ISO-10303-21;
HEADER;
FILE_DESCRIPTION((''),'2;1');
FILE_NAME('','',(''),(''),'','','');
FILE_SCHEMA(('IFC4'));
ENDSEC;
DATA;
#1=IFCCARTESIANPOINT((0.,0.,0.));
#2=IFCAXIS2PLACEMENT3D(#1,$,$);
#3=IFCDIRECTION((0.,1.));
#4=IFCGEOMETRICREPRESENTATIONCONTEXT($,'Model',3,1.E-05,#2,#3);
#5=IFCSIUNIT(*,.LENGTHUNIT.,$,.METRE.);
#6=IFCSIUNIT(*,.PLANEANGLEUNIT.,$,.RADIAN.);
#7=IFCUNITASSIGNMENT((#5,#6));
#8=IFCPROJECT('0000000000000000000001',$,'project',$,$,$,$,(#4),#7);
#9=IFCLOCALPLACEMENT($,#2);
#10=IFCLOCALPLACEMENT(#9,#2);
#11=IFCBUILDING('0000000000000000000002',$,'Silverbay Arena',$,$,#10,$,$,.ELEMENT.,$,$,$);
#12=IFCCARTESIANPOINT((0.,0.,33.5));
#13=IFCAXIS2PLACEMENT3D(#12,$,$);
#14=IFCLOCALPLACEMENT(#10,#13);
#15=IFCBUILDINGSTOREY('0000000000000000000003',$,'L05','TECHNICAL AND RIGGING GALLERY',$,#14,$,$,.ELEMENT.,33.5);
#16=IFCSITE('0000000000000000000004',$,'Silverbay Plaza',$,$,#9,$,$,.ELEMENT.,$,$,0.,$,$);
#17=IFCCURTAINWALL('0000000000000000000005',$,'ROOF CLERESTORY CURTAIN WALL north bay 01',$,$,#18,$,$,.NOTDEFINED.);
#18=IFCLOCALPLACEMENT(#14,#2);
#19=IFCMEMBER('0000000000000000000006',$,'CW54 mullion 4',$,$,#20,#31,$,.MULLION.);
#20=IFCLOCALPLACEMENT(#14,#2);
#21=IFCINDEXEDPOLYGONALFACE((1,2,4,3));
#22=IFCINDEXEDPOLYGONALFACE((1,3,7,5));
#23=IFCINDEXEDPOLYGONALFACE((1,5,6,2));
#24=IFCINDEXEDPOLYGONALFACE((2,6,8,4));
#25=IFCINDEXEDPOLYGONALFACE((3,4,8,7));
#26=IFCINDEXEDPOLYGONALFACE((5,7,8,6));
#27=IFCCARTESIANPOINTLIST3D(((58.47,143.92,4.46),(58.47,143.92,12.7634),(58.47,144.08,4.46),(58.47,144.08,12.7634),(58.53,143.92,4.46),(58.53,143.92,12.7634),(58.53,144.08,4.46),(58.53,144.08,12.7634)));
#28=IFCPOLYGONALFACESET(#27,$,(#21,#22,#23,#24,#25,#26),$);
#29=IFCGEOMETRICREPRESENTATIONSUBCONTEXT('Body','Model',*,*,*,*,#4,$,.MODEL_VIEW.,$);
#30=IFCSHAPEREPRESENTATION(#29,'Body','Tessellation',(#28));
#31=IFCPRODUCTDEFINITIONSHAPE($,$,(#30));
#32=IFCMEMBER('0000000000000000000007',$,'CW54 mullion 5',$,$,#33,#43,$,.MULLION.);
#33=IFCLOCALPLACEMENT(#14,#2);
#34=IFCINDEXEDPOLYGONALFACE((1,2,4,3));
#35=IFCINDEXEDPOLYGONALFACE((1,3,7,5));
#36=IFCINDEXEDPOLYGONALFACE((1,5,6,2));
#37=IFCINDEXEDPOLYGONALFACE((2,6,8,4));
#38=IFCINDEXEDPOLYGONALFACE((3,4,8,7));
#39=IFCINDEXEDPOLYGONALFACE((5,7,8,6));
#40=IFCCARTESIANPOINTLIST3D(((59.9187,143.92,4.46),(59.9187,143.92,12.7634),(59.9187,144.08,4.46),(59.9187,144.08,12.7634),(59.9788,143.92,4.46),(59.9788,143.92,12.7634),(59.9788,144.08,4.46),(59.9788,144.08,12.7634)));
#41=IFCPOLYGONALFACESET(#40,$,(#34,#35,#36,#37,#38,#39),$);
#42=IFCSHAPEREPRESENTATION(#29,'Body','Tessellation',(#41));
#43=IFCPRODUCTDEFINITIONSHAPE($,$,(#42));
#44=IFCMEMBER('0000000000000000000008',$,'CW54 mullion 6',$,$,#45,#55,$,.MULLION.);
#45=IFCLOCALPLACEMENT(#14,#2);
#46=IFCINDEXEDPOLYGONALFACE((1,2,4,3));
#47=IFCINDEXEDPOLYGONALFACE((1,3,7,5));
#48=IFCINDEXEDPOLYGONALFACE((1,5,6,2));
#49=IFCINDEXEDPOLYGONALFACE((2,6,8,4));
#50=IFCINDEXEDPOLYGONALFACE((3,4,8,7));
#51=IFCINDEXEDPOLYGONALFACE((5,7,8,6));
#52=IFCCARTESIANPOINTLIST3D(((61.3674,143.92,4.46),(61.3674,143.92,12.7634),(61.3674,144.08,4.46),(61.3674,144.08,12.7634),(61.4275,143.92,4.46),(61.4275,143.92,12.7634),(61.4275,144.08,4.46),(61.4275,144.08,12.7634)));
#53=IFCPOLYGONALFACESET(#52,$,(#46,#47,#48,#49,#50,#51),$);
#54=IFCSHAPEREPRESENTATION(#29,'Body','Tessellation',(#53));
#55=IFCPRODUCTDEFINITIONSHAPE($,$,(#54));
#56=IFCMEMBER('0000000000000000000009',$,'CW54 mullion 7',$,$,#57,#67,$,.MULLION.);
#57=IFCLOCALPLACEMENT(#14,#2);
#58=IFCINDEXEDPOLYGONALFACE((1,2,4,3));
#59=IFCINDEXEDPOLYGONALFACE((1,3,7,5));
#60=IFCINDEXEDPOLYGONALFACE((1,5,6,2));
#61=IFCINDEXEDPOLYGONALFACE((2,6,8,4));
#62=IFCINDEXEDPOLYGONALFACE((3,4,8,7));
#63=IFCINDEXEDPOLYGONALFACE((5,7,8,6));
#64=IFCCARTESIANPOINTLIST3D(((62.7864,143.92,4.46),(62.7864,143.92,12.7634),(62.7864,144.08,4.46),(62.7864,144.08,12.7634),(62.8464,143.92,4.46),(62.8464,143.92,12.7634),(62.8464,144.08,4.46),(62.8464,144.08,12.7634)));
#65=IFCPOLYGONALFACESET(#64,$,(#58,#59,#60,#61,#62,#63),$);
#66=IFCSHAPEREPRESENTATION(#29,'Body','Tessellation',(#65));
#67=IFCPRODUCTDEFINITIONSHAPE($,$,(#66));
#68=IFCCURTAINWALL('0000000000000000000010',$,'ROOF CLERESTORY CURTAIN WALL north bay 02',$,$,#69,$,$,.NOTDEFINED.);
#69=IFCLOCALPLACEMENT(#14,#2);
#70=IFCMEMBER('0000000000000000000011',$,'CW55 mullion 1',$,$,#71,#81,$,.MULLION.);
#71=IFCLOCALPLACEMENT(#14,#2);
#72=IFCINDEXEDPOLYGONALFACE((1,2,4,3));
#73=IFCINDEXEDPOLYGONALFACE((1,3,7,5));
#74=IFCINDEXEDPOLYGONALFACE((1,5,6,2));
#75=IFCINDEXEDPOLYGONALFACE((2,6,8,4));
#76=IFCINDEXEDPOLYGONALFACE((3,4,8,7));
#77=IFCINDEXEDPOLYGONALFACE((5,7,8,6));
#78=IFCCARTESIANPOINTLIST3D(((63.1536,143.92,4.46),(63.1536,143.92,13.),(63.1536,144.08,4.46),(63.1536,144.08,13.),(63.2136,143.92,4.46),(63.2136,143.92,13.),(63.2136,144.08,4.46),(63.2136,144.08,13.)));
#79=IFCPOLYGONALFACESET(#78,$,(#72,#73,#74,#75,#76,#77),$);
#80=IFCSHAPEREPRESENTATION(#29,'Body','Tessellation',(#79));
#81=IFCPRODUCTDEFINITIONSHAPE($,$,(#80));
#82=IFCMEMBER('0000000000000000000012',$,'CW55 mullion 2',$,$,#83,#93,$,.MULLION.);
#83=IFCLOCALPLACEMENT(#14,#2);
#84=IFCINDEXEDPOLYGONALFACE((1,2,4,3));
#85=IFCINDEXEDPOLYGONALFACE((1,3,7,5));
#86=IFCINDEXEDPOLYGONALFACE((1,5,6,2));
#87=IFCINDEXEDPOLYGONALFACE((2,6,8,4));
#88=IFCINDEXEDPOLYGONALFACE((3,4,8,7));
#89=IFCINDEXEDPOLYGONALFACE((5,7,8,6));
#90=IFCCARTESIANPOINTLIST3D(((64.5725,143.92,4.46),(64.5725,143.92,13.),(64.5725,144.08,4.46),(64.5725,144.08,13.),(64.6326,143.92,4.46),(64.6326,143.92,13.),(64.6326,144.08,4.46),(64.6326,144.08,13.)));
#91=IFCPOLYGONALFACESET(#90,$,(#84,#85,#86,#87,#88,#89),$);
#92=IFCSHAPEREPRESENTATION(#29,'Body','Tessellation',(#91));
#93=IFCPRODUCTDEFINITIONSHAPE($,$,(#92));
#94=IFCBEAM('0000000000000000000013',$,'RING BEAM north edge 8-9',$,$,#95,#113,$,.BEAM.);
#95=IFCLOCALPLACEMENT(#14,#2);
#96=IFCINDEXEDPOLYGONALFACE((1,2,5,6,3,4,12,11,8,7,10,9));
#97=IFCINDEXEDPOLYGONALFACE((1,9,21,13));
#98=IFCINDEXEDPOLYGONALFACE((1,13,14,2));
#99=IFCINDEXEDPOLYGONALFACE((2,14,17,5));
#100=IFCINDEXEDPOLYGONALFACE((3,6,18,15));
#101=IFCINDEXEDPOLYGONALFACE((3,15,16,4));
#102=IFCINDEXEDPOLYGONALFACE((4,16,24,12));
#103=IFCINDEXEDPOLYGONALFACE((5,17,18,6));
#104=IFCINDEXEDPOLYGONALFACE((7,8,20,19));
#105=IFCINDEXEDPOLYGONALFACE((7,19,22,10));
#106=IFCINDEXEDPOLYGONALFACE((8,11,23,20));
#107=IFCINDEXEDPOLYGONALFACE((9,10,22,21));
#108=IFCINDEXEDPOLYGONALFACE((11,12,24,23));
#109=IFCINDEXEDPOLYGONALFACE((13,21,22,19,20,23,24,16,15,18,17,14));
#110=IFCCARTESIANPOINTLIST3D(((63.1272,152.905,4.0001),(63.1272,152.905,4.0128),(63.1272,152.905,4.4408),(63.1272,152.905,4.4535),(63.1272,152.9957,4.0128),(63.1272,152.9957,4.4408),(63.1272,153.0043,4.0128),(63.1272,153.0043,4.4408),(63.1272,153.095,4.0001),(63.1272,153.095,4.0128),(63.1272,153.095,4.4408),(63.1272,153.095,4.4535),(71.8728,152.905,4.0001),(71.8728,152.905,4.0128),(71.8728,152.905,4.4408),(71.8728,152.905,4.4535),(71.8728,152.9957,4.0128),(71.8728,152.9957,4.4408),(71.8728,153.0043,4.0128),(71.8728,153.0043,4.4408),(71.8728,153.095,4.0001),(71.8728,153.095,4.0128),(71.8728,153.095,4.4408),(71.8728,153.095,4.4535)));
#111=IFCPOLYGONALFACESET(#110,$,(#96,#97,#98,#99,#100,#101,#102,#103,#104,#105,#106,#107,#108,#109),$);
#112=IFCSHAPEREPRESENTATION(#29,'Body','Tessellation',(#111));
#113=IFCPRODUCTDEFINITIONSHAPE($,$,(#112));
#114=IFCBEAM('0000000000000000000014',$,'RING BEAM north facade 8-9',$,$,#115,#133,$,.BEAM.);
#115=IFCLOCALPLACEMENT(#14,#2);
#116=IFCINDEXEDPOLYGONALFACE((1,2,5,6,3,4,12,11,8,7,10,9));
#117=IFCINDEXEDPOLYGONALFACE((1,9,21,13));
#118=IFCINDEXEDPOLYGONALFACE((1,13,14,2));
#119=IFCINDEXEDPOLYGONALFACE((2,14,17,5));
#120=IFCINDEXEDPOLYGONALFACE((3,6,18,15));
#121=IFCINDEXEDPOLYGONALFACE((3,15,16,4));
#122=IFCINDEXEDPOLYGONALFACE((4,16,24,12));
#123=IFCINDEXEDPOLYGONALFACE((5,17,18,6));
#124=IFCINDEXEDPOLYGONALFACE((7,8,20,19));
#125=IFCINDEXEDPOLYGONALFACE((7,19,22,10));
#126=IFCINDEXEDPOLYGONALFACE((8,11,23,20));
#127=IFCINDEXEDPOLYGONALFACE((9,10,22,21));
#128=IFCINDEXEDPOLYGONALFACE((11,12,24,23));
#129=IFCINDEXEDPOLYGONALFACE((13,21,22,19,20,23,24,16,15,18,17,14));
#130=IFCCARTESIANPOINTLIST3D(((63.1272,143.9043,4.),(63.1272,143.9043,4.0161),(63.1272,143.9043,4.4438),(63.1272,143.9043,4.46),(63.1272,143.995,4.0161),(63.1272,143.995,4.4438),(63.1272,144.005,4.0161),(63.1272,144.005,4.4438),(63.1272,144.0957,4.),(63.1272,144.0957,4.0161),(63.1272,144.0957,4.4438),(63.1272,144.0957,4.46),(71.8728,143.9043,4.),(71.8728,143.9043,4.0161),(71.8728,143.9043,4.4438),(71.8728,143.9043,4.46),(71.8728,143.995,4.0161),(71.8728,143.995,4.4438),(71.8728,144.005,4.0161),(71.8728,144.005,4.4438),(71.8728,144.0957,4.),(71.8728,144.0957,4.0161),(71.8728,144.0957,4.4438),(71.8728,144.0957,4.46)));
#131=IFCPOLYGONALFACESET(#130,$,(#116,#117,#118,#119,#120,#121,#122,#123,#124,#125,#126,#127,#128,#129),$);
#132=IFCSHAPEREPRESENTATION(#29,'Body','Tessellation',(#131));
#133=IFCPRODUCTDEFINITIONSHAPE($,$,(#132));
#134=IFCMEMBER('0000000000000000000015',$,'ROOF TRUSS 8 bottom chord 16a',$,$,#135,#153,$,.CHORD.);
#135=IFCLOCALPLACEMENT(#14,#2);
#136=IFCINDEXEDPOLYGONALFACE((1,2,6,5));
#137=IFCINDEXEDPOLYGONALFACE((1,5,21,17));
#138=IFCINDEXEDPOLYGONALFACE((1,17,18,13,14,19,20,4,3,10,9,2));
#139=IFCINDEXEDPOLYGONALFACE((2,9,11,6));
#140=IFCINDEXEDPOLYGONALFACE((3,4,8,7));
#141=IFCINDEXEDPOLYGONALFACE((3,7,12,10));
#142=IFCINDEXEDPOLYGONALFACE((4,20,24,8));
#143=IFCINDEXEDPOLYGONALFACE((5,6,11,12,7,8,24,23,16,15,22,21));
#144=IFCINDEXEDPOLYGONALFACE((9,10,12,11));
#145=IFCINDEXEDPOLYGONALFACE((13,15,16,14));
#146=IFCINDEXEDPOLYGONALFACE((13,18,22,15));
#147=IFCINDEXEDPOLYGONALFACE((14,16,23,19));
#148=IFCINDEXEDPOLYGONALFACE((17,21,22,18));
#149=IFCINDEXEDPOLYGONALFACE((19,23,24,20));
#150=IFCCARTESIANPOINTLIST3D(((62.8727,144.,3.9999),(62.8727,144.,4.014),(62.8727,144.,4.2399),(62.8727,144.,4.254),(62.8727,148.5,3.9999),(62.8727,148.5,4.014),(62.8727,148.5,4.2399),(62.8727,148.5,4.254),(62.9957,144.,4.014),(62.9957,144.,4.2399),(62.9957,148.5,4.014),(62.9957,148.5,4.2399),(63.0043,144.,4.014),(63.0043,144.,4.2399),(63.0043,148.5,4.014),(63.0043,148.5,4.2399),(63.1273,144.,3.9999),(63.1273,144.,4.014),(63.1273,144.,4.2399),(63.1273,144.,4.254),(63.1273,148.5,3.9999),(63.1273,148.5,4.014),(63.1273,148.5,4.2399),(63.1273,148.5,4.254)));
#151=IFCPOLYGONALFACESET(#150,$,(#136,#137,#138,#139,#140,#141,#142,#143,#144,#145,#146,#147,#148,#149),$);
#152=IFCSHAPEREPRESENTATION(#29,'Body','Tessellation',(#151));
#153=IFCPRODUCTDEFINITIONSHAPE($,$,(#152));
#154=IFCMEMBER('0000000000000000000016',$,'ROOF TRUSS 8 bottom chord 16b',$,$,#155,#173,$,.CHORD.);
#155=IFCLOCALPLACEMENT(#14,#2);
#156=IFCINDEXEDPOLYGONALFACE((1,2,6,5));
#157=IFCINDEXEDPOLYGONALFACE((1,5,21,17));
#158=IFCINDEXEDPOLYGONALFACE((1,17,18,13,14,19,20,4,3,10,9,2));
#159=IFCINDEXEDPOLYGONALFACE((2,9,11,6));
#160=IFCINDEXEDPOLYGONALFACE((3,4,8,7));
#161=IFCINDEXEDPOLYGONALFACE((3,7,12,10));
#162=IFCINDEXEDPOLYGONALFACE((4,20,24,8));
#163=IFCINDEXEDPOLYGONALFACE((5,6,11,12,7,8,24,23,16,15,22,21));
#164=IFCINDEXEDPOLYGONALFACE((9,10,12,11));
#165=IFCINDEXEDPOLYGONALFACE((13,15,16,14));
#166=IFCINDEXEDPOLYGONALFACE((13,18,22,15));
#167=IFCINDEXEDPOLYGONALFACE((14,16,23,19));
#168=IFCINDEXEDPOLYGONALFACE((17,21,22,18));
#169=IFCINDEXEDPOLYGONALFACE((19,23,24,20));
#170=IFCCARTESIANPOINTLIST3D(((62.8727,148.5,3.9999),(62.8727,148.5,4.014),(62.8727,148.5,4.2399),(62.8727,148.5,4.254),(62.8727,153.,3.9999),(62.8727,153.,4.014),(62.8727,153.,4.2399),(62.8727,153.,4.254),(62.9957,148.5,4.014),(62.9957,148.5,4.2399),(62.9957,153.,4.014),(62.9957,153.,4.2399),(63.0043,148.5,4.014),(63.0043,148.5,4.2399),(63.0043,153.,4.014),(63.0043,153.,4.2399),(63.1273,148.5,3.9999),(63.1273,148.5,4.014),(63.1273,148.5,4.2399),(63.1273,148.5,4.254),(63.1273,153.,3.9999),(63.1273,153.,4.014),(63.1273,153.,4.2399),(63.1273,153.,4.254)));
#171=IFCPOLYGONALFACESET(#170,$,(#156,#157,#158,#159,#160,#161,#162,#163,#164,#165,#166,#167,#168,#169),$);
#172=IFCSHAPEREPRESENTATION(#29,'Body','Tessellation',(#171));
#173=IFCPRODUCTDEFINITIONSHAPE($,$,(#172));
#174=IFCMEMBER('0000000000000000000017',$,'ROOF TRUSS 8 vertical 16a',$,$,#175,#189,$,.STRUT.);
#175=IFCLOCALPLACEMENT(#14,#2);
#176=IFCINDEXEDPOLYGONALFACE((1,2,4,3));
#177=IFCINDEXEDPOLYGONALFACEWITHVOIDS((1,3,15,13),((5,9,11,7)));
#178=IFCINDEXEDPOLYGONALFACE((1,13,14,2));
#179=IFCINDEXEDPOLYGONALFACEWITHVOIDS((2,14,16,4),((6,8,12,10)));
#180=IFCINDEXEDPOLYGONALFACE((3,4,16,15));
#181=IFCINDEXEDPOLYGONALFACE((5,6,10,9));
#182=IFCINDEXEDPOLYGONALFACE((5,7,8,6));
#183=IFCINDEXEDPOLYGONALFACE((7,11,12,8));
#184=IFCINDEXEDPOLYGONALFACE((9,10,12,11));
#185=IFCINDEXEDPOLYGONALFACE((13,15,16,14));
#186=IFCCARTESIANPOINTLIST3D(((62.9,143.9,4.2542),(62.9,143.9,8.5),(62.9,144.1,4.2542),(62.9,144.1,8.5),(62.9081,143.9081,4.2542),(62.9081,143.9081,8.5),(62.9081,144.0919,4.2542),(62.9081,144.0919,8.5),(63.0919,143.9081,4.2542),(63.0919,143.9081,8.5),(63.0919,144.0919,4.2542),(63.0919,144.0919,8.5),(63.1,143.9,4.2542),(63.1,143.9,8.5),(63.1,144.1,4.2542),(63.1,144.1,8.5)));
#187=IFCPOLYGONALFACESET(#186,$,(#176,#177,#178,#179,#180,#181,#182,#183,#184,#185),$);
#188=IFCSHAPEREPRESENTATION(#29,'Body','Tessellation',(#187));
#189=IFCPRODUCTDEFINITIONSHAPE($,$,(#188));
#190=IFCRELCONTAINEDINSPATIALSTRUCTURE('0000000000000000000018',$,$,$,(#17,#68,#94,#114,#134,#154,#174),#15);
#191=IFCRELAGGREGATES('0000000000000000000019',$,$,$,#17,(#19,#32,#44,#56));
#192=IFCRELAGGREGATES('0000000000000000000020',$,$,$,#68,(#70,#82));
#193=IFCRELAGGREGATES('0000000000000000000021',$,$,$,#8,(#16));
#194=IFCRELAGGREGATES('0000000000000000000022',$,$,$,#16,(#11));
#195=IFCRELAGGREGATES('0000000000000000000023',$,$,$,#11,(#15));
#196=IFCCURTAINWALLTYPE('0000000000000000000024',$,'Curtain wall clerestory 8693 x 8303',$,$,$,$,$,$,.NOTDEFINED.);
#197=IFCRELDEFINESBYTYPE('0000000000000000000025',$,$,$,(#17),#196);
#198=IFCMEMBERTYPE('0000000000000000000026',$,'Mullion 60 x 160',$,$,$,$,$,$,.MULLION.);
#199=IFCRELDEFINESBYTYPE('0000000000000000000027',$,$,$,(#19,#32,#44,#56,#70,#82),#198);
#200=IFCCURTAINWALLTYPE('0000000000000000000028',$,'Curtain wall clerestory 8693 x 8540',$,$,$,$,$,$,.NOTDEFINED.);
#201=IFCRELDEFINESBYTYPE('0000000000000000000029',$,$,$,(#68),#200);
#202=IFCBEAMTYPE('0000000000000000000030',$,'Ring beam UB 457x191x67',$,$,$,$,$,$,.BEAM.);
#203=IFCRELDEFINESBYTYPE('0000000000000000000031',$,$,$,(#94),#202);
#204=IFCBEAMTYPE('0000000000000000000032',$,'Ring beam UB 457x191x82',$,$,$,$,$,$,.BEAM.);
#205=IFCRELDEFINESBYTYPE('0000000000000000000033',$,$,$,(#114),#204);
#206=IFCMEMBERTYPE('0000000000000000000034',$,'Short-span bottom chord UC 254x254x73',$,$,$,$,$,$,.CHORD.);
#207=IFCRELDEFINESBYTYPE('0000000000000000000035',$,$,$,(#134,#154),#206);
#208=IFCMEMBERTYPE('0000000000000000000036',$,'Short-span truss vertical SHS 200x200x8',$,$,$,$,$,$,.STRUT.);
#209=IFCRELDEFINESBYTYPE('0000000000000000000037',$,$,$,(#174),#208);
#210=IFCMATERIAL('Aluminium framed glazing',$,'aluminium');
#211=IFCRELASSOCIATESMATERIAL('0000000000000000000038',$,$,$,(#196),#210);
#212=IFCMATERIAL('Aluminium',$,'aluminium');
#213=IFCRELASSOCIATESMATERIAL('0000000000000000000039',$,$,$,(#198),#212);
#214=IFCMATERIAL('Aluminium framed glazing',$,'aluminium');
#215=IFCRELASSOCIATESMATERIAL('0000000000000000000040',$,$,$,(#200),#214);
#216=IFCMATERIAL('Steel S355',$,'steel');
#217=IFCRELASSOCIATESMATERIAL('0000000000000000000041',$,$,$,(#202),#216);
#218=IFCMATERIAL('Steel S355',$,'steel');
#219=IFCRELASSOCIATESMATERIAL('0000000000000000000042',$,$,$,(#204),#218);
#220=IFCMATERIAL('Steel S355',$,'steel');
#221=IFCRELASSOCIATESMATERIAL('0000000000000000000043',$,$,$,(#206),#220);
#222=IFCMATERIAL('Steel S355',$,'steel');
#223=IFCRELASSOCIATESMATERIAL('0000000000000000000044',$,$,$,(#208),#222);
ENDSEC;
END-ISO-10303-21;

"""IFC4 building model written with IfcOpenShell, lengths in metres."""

from ifc_helpers import new_model, si_unit, direction, frame, origin, origin_2d, place, context, subcontext, project, spatial, rectangle, hollow_rectangle, i_section, extrude, material, material_profile, profile_set, type_object, element, aggregate, save


model = new_model("IFC4")

# Units and contexts
model_context = context("Model", 3, precision=1e-05, world=origin(), true_north=direction((0.0, 1.0)))
body_context = subcontext(model_context, "Body", "Model", "MODEL_VIEW")
ifc_project = project(units=[si_unit("LENGTHUNIT", "METRE"), si_unit("PLANEANGLEUNIT", "RADIAN")], contexts=[model_context])

# Site, building, storey
site_placement = place(None, origin())
site = spatial("IfcSite", under=ifc_project, at=site_placement, Name="Silverbay Plaza", CompositionType="ELEMENT", RefElevation=0.0)
building_placement = place(site_placement, origin())
building = spatial("IfcBuilding", under=site, at=building_placement, Name="Silverbay Arena", CompositionType="ELEMENT")
storey_placement = place(building_placement, frame((0.0, 0.0, 33.5)))
storey = spatial("IfcBuildingStorey", under=building, at=storey_placement, Name="L05", Description="TECHNICAL AND RIGGING GALLERY", CompositionType="ELEMENT", Elevation=33.5)

# Curtain walls, members
ifc_material_1 = material(Name="Aluminium framed glazing", Category="aluminium")
curtain_wall_type_1 = type_object("IfcCurtainWallType", Name="Curtain wall clerestory 8693 x 8303", PredefinedType="NOTDEFINED", material=ifc_material_1)
curtain_wall_1_placement = place(storey_placement, origin())
curtain_wall_1 = element("IfcCurtainWall", 1, at=curtain_wall_1_placement, inside=storey, type_object=curtain_wall_type_1, Name="ROOF CLERESTORY CURTAIN WALL north bay 01", PredefinedType="NOTDEFINED")
ifc_material_2 = material(Name="Aluminium", Category="aluminium")
ifc_material_profile_1 = material_profile(ifc_material_2, rectangle(XDim=0.1599, YDim=0.0601, at=origin_2d()), Name="Mullion 60 x 160")
ifc_profile_set_1 = profile_set([ifc_material_profile_1], Name="Aluminium")
member_type_1 = type_object("IfcMemberType", Name="Mullion 60 x 160", PredefinedType="MULLION", material=ifc_profile_set_1)
member_1_placement = place(storey_placement, frame((58.5, 144.0, 4.46), z_axis=(0.0, 0.0, 1.0), x_axis=(0.0, 1.0, 0.0)))
member_1 = element("IfcMember", 2, at=member_1_placement, type_object=member_type_1, Name="CW54 mullion 4", PredefinedType="MULLION", context=body_context, shape_type="SweptSolid", body=[
    extrude(rectangle(XDim=0.1599, YDim=0.0601, at=origin_2d()), origin(), (0.0, 0.0, 1.0), 8.3035),
])
member_2_placement = place(storey_placement, frame((59.9487, 144.0, 4.46), z_axis=(0.0, 0.0, 1.0), x_axis=(0.0, 1.0, 0.0)))
member_2 = element("IfcMember", 3, at=member_2_placement, type_object=member_type_1, Name="CW54 mullion 5", PredefinedType="MULLION", context=body_context, shape_type="SweptSolid", body=[
    extrude(rectangle(XDim=0.1599, YDim=0.0601, at=origin_2d()), origin(), (0.0, 0.0, 1.0), 8.3035),
])
member_3_placement = place(storey_placement, frame((61.3975, 144.0, 4.46), z_axis=(0.0, 0.0, 1.0), x_axis=(0.0, 1.0, 0.0)))
member_3 = element("IfcMember", 4, at=member_3_placement, type_object=member_type_1, Name="CW54 mullion 6", PredefinedType="MULLION", context=body_context, shape_type="SweptSolid", body=[
    extrude(rectangle(XDim=0.1599, YDim=0.0601, at=origin_2d()), origin(), (0.0, 0.0, 1.0), 8.3035),
])
member_4_placement = place(storey_placement, frame((62.8164, 144.0, 4.46), z_axis=(0.0, 0.0, 1.0), x_axis=(0.0, 1.0, 0.0)))
member_4 = element("IfcMember", 5, at=member_4_placement, type_object=member_type_1, Name="CW54 mullion 7", PredefinedType="MULLION", context=body_context, shape_type="SweptSolid", body=[
    extrude(rectangle(XDim=0.1599, YDim=0.0601, at=origin_2d()), origin(), (0.0, 0.0, 1.0), 8.3035),
])
ifc_material_3 = material(Name="Aluminium framed glazing", Category="aluminium")
curtain_wall_type_2 = type_object("IfcCurtainWallType", Name="Curtain wall clerestory 8693 x 8540", PredefinedType="NOTDEFINED", material=ifc_material_3)
curtain_wall_2_placement = place(storey_placement, origin())
curtain_wall_2 = element("IfcCurtainWall", 6, at=curtain_wall_2_placement, inside=storey, type_object=curtain_wall_type_2, Name="ROOF CLERESTORY CURTAIN WALL north bay 02", PredefinedType="NOTDEFINED")
member_5_placement = place(storey_placement, frame((63.1836, 144.0, 4.46), z_axis=(0.0, 0.0, 1.0), x_axis=(0.0, 1.0, 0.0)))
member_5 = element("IfcMember", 7, at=member_5_placement, type_object=member_type_1, Name="CW55 mullion 1", PredefinedType="MULLION", context=body_context, shape_type="SweptSolid", body=[
    extrude(rectangle(XDim=0.1599, YDim=0.0601, at=origin_2d()), origin(), (0.0, 0.0, 1.0), 8.54),
])
member_6_placement = place(storey_placement, frame((64.6025, 144.0, 4.46), z_axis=(0.0, 0.0, 1.0), x_axis=(0.0, 1.0, 0.0)))
member_6 = element("IfcMember", 8, at=member_6_placement, type_object=member_type_1, Name="CW55 mullion 2", PredefinedType="MULLION", context=body_context, shape_type="SweptSolid", body=[
    extrude(rectangle(XDim=0.1599, YDim=0.0601, at=origin_2d()), origin(), (0.0, 0.0, 1.0), 8.54),
])

# Beams
ifc_material_4 = material(Name="Steel S355", Category="steel")
ifc_material_profile_2 = material_profile(ifc_material_4, i_section(OverallWidth=0.1899, OverallDepth=0.4534, WebThickness=0.0085, FlangeThickness=0.0127, at=origin_2d()), Name="UB 457x191x67")
ifc_profile_set_2 = profile_set([ifc_material_profile_2], Name="Steel S355")
beam_type_1 = type_object("IfcBeamType", Name="Ring beam UB 457x191x67", PredefinedType="BEAM", material=ifc_profile_set_2)
beam_1_placement = place(storey_placement, frame((63.1272, 153.0, 4.2268), z_axis=(1.0, 0.0, 0.0), x_axis=(0.0, 1.0, 0.0)))
element("IfcBeam", 9, at=beam_1_placement, inside=storey, type_object=beam_type_1, Name="RING BEAM north edge 8-9", PredefinedType="BEAM", context=body_context, shape_type="SweptSolid", body=[
    extrude(i_section(OverallWidth=0.1899, OverallDepth=0.4534, WebThickness=0.0085, FlangeThickness=0.0127, at=origin_2d()), origin(), (0.0, 0.0, 1.0), 8.7456),
])
ifc_material_5 = material(Name="Steel S355", Category="steel")
ifc_material_profile_3 = material_profile(ifc_material_5, i_section(OverallWidth=0.1914, OverallDepth=0.46, WebThickness=0.01, FlangeThickness=0.0161, at=origin_2d()), Name="UB 457x191x82")
ifc_profile_set_3 = profile_set([ifc_material_profile_3], Name="Steel S355")
beam_type_2 = type_object("IfcBeamType", Name="Ring beam UB 457x191x82", PredefinedType="BEAM", material=ifc_profile_set_3)
beam_2_placement = place(storey_placement, frame((63.1272, 144.0, 4.23), z_axis=(1.0, 0.0, 0.0), x_axis=(0.0, 1.0, 0.0)))
element("IfcBeam", 10, at=beam_2_placement, inside=storey, type_object=beam_type_2, Name="RING BEAM north facade 8-9", PredefinedType="BEAM", context=body_context, shape_type="SweptSolid", body=[
    extrude(i_section(OverallWidth=0.1914, OverallDepth=0.46, WebThickness=0.01, FlangeThickness=0.0161, at=origin_2d()), origin(), (0.0, 0.0, 1.0), 8.7456),
])

# Members
ifc_material_6 = material(Name="Steel S355", Category="steel")
ifc_material_profile_4 = material_profile(ifc_material_6, i_section(OverallWidth=0.2546, OverallDepth=0.2542, WebThickness=0.0085, FlangeThickness=0.0142, at=origin_2d()), Name="UC 254x254x73")
ifc_profile_set_4 = profile_set([ifc_material_profile_4], Name="Steel S355")
member_type_2 = type_object("IfcMemberType", Name="Short-span bottom chord UC 254x254x73", PredefinedType="CHORD", material=ifc_profile_set_4)
for number, where, z_axis, x_axis, name in (
    (11, (63.0, 144.0, 4.127), (0.0, 1.0, 0.0), (-1.0, 0.0, 0.0), "ROOF TRUSS 8 bottom chord 16a"),
    (12, (63.0, 148.5, 4.127), (0.0, 1.0, 0.0), (-1.0, 0.0, 0.0), "ROOF TRUSS 8 bottom chord 16b"),
):
    element("IfcMember", number, at=place(storey_placement, frame(where, z_axis=z_axis, x_axis=x_axis)), inside=storey, type_object=member_type_2, Name=name, PredefinedType="CHORD", context=body_context, shape_type="SweptSolid", body=[
        extrude(i_section(OverallWidth=0.2546, OverallDepth=0.2542, WebThickness=0.0085, FlangeThickness=0.0142, at=origin_2d()), origin(), (0.0, 0.0, 1.0), 4.5),
    ])
ifc_material_7 = material(Name="Steel S355", Category="steel")
ifc_material_profile_5 = material_profile(ifc_material_7, hollow_rectangle(XDim=0.2, YDim=0.2, WallThickness=0.0081, at=origin_2d()), Name="SHS 200x200x8")
ifc_profile_set_5 = profile_set([ifc_material_profile_5], Name="Steel S355")
member_type_3 = type_object("IfcMemberType", Name="Short-span truss vertical SHS 200x200x8", PredefinedType="STRUT", material=ifc_profile_set_5)
for number, where, z_axis, x_axis, name in (
    (13, (63.0, 144.0, 4.2542), (0.0, 0.0, 1.0), (1.0, 0.0, 0.0), "ROOF TRUSS 8 vertical 16a"),
):
    element("IfcMember", number, at=place(storey_placement, frame(where, z_axis=z_axis, x_axis=x_axis)), inside=storey, type_object=member_type_3, Name=name, PredefinedType="STRUT", context=body_context, shape_type="SweptSolid", body=[
        extrude(hollow_rectangle(XDim=0.2, YDim=0.2, WallThickness=0.0081, at=origin_2d()), origin(), (0.0, 0.0, 1.0), 4.2458),
    ])

aggregate(curtain_wall_1, [member_1, member_2, member_3, member_4])
aggregate(curtain_wall_2, [member_5, member_6])

save(model, "model.ifc")
